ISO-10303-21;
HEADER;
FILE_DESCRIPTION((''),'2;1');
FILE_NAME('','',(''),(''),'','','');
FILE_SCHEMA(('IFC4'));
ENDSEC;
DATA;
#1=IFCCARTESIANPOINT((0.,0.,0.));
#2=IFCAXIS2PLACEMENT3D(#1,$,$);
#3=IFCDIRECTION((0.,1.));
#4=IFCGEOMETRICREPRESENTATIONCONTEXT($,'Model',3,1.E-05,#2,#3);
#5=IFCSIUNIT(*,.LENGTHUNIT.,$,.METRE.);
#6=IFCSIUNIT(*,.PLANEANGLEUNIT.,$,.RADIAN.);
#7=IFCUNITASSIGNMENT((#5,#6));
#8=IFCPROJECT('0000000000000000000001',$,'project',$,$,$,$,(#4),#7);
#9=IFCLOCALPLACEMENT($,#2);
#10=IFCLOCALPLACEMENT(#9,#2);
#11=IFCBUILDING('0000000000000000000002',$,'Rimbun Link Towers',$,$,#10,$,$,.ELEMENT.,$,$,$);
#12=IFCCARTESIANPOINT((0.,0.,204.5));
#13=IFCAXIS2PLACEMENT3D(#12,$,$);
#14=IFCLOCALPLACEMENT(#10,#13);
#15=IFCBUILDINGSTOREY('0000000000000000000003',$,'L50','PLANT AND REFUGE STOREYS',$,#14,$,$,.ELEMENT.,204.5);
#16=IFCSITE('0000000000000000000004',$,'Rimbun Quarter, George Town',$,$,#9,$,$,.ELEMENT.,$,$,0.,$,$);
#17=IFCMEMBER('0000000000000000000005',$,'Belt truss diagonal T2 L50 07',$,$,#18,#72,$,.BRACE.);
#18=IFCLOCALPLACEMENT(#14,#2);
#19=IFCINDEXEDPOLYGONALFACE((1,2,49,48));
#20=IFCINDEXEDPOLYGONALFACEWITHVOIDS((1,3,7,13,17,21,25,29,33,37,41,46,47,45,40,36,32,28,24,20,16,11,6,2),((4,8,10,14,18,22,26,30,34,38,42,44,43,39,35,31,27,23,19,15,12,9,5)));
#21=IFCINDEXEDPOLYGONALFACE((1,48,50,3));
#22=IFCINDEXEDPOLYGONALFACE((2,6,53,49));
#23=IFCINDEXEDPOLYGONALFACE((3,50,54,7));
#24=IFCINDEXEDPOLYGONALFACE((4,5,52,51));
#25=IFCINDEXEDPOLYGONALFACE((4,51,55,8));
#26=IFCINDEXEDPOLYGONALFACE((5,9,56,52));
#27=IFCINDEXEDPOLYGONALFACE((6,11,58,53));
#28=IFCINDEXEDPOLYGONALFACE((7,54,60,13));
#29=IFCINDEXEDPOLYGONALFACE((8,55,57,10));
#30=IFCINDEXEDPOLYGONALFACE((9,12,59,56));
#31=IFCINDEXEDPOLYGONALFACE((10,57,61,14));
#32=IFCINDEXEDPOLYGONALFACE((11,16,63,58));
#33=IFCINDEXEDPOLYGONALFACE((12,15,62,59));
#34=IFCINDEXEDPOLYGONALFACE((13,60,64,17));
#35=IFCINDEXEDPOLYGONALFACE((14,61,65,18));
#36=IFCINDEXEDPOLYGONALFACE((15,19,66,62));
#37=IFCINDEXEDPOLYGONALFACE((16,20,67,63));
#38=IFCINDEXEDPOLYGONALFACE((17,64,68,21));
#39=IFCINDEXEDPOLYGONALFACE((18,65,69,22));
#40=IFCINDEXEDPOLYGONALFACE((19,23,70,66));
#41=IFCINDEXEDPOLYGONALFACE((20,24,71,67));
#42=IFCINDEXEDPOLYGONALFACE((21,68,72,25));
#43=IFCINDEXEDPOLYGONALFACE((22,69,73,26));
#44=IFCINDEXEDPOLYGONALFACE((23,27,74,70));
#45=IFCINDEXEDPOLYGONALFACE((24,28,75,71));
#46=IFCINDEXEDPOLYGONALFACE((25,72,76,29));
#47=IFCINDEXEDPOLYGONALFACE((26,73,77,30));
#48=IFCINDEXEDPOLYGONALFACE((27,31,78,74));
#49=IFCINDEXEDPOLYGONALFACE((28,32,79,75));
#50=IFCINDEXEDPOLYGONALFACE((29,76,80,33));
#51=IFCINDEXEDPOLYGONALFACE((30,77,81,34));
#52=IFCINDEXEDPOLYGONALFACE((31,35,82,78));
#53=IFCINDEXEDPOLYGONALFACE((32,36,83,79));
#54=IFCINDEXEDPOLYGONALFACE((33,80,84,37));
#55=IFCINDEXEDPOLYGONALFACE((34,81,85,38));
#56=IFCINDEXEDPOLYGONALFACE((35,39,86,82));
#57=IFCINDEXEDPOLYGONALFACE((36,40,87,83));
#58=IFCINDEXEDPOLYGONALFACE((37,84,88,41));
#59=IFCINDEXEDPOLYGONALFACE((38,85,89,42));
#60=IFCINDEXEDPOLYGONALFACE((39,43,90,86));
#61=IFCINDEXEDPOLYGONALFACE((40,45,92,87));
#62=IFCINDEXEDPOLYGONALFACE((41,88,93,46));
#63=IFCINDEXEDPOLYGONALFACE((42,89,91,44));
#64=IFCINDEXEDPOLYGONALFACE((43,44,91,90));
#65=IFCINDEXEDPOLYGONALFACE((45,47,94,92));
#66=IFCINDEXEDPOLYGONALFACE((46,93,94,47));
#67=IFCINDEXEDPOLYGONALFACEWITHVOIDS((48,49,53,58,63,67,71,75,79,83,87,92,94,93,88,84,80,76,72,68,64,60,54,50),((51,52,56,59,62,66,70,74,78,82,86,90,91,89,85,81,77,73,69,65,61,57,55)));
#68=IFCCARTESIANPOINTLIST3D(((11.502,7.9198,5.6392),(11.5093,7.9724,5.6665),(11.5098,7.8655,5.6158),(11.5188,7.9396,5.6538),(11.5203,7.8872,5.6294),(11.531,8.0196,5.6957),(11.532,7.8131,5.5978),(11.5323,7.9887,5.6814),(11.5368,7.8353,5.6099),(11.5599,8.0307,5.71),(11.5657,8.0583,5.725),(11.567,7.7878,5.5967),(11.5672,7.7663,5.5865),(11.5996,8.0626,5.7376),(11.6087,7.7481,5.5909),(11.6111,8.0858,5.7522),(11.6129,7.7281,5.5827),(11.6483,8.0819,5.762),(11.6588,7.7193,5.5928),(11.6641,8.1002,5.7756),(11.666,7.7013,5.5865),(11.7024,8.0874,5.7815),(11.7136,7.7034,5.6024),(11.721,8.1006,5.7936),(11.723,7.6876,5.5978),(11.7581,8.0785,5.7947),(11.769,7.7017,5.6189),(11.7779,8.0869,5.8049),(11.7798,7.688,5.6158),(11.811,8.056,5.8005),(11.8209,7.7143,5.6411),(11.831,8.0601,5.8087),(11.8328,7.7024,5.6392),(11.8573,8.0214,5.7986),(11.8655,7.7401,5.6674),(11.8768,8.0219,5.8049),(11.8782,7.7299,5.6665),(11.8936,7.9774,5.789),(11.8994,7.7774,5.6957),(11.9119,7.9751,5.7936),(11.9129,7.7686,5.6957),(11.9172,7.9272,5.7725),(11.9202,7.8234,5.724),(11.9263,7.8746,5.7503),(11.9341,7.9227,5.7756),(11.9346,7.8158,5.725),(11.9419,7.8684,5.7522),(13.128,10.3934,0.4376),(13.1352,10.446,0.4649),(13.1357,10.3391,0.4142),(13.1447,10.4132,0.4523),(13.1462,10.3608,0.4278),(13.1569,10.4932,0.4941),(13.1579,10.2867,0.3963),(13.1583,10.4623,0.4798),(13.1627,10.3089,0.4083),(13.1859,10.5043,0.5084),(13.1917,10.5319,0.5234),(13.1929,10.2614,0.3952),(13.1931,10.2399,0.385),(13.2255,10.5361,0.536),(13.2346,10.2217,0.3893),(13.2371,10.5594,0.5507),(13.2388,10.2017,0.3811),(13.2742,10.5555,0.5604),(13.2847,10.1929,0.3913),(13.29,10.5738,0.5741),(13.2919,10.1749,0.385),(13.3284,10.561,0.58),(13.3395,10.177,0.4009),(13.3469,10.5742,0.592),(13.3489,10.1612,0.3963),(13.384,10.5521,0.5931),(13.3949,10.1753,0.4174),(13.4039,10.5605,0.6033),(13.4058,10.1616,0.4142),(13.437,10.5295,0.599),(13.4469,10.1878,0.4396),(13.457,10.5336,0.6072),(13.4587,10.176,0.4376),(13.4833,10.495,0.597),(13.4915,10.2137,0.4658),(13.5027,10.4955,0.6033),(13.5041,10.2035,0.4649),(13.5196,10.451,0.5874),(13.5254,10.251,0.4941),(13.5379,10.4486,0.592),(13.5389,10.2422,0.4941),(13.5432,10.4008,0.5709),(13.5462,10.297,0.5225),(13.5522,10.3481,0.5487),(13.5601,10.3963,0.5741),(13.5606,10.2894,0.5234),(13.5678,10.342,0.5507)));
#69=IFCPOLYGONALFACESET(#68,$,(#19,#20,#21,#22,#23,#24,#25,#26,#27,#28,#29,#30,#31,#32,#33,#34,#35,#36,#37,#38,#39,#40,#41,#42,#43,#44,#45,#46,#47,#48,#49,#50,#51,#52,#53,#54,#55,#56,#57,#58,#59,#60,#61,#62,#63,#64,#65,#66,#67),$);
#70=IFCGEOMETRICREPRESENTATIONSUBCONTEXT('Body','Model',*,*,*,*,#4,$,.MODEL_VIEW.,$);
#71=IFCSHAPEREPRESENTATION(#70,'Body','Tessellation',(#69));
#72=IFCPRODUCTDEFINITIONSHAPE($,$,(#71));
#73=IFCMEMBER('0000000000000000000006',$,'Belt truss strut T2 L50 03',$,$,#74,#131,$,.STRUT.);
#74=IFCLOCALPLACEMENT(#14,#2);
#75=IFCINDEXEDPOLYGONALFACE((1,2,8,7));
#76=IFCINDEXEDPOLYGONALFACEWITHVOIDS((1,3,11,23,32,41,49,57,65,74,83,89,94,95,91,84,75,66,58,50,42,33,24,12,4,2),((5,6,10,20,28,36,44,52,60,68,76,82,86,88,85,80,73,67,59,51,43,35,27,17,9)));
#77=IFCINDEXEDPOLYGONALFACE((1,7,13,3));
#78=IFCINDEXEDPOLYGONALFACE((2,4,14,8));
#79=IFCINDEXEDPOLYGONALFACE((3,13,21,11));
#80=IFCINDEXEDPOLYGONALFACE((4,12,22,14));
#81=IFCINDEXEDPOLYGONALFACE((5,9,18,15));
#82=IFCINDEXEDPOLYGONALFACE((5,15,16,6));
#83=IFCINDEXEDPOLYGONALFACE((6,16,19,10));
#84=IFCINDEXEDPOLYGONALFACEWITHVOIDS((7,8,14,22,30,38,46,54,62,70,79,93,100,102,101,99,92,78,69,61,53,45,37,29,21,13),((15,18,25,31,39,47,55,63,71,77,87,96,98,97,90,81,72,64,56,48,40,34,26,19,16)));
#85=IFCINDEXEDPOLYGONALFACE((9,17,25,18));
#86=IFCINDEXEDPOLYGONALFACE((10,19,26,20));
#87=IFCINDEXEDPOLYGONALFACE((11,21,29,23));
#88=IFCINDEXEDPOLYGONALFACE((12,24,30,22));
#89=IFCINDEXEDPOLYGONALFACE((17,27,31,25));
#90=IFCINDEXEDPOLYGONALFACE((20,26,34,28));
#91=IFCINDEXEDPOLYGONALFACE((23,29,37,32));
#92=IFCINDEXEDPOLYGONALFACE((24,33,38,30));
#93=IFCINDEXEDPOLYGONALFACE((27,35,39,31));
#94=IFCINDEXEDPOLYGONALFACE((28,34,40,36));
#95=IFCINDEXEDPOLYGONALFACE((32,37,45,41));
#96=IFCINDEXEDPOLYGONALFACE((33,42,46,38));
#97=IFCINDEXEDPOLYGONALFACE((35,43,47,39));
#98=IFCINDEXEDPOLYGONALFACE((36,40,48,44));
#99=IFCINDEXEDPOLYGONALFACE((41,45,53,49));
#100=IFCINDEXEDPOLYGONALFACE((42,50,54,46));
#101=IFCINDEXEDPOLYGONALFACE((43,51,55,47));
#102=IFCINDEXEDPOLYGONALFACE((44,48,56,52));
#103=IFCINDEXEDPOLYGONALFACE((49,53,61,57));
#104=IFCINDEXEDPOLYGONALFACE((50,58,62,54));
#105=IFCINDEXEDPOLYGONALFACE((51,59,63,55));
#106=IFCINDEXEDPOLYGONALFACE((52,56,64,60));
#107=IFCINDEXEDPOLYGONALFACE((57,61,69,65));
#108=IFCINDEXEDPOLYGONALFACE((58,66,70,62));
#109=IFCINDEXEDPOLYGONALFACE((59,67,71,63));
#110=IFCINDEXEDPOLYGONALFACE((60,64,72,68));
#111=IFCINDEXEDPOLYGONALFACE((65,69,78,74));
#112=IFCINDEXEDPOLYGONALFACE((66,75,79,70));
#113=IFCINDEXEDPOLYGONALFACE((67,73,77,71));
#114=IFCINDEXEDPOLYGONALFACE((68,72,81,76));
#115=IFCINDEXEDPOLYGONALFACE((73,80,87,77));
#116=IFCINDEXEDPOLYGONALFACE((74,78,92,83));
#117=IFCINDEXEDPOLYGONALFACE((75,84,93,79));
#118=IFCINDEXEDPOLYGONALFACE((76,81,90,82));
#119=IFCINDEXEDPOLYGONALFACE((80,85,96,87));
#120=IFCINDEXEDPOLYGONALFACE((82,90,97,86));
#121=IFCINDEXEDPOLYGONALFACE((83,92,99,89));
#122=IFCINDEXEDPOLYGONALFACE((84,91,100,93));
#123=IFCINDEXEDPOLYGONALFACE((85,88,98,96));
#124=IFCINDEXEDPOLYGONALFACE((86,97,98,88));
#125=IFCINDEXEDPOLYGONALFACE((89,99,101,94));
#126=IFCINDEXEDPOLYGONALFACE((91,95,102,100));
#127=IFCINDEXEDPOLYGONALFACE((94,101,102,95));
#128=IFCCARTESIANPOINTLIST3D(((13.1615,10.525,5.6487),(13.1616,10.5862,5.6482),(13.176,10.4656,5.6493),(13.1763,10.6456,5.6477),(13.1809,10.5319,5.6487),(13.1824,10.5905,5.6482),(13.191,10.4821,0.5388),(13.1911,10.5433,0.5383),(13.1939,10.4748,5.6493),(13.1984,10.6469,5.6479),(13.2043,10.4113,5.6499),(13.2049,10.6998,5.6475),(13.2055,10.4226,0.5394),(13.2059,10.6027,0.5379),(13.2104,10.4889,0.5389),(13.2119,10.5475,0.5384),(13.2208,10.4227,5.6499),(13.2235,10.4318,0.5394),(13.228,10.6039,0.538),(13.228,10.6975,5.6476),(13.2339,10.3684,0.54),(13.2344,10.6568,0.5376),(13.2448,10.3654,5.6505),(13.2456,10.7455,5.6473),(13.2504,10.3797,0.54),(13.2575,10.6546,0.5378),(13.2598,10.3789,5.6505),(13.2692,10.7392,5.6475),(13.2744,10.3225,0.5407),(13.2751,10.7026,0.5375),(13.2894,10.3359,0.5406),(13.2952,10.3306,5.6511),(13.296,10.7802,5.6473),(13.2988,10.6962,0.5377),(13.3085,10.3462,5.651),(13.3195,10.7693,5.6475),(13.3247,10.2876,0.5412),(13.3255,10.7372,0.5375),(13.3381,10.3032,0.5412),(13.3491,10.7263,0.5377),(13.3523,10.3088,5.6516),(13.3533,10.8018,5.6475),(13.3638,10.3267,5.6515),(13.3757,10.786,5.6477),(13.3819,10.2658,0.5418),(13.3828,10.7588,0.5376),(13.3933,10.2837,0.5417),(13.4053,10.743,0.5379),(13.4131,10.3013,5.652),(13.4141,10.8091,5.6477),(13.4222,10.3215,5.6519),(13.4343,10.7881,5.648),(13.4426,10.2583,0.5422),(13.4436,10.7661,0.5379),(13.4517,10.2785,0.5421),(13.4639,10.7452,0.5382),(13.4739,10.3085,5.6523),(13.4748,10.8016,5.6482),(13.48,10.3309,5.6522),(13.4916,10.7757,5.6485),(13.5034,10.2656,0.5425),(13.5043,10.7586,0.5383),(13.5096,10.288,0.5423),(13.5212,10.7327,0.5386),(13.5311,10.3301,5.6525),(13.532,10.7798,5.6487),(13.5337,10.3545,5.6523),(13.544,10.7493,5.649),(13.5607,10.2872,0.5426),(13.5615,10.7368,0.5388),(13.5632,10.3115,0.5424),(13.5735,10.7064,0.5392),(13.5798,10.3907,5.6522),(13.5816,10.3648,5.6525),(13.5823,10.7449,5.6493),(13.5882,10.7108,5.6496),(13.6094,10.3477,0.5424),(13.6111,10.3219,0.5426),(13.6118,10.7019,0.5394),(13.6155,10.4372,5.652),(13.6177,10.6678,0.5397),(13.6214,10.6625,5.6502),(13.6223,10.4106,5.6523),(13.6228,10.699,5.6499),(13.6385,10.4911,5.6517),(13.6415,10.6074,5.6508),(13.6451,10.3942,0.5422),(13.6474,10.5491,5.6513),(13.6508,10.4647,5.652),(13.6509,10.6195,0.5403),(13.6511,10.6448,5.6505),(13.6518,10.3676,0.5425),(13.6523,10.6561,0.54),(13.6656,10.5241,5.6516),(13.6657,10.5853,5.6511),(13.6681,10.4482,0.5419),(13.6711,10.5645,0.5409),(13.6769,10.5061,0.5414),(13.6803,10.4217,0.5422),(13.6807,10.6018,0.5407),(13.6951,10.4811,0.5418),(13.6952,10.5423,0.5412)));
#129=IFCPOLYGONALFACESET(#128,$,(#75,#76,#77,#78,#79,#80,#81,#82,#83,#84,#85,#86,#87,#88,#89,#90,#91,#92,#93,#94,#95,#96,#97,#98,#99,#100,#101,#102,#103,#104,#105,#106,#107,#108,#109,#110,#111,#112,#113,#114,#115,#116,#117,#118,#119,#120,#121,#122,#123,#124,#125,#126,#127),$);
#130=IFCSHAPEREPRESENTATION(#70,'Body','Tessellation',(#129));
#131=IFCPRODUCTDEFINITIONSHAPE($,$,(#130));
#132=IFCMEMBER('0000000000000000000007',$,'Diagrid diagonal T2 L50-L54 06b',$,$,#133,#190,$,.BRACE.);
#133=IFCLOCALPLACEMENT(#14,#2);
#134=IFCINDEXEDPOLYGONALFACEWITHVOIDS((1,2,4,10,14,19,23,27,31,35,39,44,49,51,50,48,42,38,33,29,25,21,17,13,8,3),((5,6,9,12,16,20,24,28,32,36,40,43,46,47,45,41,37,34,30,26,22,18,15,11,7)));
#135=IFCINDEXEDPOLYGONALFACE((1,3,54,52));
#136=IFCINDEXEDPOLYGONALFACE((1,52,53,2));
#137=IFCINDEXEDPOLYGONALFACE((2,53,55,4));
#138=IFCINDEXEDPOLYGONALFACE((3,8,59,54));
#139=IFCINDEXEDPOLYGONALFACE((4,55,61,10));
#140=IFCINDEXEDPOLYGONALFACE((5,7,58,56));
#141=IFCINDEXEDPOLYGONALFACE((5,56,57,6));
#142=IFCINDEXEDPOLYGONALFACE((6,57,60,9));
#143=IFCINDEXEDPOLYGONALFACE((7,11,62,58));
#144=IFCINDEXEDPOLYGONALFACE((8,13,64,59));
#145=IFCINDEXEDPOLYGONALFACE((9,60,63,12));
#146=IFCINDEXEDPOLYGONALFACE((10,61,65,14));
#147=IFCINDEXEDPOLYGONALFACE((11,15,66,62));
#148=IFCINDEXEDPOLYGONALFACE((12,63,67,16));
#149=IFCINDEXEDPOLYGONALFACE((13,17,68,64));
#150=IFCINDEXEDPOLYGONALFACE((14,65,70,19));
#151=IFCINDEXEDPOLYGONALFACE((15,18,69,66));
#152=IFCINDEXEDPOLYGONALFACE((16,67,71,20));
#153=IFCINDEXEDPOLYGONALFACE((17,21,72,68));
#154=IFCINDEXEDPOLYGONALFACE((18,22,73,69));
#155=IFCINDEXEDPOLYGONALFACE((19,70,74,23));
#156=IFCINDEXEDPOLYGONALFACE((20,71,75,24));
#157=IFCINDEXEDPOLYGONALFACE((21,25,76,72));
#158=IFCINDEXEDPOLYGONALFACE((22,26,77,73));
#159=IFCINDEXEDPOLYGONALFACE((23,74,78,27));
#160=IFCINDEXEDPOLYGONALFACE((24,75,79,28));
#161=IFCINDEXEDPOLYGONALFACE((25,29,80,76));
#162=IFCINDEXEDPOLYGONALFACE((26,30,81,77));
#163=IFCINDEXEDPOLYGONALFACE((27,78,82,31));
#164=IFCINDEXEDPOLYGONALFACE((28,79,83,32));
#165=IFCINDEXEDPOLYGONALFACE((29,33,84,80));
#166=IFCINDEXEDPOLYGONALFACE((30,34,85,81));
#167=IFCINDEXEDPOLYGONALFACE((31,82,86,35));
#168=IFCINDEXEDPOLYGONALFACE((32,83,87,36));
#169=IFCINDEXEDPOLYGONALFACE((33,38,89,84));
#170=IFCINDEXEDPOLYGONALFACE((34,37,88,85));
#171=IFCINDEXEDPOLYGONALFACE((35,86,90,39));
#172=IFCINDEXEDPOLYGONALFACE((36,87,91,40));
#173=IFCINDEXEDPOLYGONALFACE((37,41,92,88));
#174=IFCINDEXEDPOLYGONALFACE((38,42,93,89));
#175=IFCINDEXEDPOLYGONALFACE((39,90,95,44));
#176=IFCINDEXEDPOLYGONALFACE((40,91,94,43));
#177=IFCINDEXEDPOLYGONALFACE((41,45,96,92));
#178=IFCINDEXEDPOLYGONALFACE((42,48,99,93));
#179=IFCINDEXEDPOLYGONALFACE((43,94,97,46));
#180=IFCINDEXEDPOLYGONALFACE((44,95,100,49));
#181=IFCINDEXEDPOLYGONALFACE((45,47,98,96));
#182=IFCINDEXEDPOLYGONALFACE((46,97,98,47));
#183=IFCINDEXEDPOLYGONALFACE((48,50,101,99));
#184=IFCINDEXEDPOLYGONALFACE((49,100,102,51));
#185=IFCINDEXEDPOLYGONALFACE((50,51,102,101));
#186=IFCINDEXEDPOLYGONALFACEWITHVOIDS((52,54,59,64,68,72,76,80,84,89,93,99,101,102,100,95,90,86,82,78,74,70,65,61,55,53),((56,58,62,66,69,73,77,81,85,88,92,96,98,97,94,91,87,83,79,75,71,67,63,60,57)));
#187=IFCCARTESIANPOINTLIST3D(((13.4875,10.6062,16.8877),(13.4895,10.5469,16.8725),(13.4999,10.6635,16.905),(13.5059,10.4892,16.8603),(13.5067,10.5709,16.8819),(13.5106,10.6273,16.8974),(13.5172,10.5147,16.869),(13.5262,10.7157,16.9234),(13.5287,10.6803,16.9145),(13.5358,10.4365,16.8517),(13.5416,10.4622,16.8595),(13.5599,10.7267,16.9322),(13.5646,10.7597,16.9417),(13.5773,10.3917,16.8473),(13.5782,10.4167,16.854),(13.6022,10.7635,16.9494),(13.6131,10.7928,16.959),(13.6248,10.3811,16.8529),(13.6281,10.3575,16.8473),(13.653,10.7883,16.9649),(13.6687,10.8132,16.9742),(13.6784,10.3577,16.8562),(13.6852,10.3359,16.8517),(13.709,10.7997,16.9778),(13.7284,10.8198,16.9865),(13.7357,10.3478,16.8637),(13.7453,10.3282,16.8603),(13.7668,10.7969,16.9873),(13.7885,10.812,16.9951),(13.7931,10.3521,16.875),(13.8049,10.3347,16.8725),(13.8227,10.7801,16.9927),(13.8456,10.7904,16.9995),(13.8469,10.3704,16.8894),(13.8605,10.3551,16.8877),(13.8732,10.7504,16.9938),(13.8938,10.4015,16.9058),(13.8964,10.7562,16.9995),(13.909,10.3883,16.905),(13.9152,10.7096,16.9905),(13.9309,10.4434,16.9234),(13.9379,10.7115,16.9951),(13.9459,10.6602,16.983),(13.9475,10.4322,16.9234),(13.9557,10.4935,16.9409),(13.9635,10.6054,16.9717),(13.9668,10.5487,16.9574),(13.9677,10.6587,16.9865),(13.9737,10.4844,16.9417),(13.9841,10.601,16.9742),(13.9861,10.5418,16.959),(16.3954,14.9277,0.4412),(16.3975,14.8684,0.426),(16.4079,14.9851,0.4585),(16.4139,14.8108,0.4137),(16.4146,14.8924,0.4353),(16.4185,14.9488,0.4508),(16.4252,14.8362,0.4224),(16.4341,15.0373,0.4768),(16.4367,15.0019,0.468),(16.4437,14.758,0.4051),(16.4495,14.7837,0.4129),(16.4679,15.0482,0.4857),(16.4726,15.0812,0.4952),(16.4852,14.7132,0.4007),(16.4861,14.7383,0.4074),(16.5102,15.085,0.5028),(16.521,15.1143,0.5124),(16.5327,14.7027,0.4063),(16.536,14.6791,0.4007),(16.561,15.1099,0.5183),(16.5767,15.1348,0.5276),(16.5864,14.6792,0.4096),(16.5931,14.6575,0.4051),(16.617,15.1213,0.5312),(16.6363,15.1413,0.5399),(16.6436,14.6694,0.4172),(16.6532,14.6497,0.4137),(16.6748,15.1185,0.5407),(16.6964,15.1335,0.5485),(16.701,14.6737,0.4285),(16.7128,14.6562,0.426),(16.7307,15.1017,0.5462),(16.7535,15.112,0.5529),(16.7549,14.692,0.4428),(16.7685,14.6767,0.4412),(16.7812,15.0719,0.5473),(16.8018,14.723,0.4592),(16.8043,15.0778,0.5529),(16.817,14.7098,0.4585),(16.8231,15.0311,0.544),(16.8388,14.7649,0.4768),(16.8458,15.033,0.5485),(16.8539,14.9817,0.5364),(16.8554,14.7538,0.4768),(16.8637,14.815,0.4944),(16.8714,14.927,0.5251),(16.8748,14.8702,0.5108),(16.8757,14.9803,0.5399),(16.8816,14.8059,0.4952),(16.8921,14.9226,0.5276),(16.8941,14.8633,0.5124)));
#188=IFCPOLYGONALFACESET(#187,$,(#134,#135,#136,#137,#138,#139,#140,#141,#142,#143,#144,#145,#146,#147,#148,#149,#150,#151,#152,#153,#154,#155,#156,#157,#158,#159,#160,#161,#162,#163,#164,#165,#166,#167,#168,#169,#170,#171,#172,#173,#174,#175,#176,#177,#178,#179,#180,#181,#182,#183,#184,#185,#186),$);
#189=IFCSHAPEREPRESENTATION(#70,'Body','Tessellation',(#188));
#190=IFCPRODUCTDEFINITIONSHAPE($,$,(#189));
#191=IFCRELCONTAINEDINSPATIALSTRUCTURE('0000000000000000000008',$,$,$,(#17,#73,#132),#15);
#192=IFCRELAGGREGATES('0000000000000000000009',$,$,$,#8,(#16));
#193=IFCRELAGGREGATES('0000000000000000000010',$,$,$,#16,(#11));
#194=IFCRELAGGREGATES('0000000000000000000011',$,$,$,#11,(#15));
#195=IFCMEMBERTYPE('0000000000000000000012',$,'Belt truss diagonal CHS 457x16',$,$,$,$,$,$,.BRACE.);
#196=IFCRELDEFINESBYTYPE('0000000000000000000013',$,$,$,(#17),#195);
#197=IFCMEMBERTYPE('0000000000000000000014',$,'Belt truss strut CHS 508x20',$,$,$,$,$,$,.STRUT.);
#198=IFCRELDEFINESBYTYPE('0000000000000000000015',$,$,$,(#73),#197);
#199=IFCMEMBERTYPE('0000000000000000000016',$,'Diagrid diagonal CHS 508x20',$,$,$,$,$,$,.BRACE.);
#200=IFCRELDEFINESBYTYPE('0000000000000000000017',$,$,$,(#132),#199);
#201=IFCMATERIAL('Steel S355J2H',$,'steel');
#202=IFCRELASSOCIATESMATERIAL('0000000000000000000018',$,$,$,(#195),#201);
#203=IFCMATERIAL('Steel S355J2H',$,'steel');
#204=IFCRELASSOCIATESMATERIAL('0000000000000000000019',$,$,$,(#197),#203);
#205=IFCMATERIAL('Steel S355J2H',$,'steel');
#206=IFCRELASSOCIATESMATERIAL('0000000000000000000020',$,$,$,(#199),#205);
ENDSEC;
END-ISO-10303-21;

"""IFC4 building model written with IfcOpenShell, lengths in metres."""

from ifc_helpers import new_model, si_unit, direction, frame, origin, origin_2d, place, context, subcontext, project, spatial, hollow_circle, extrude, material, material_profile, profile_set, type_object, element, save


model = new_model("IFC4")

# Units and contexts
model_context = context("Model", 3, precision=1e-05, world=origin(), true_north=direction((0.0, 1.0)))
body_context = subcontext(model_context, "Body", "Model", "MODEL_VIEW")
ifc_project = project(units=[si_unit("LENGTHUNIT", "METRE"), si_unit("PLANEANGLEUNIT", "RADIAN")], contexts=[model_context])

# Site, building, storey
site_placement = place(None, origin())
site = spatial("IfcSite", under=ifc_project, at=site_placement, Name="Rimbun Quarter, George Town", CompositionType="ELEMENT", RefElevation=0.0)
building_placement = place(site_placement, origin())
building = spatial("IfcBuilding", under=site, at=building_placement, Name="Rimbun Link Towers", CompositionType="ELEMENT")
storey_placement = place(building_placement, frame((0.0, 0.0, 204.5)))
storey = spatial("IfcBuildingStorey", under=building, at=storey_placement, Name="L50", Description="PLANT AND REFUGE STOREYS", CompositionType="ELEMENT", Elevation=204.5)

# Members
ifc_material_1 = material(Name="Steel S355J2H", Category="steel")
ifc_material_profile_1 = material_profile(ifc_material_1, hollow_circle(Radius=0.2285, WallThickness=0.0161, at=origin_2d()), Name="Belt truss diagonal CHS 457x16")
ifc_profile_set_1 = profile_set([ifc_material_profile_1], Name="Steel S355J2H")
member_type_1 = type_object("IfcMemberType", Name="Belt truss diagonal CHS 457x16", PredefinedType="BRACE", material=ifc_profile_set_1)
member_1_placement = place(storey_placement, frame((13.3479, 10.3677, 0.4941), z_axis=(-0.271676, -0.413307, 0.86912), x_axis=(0.835636, -0.549283, 0.0)))
element("IfcMember", 1, at=member_1_placement, inside=storey, type_object=member_type_1, Name="Belt truss diagonal T2 L50 07", PredefinedType="BRACE", context=body_context, shape_type="SweptSolid", body=[
    extrude(hollow_circle(Radius=0.2285, WallThickness=0.0161, at=origin_2d()), origin(), (0.0, 0.0, 1.0), 5.9849),
])
ifc_material_2 = material(Name="Steel S355J2H", Category="steel")
ifc_material_profile_2 = material_profile(ifc_material_2, hollow_circle(Radius=0.2539, WallThickness=0.02, at=origin_2d()), Name="Belt truss strut CHS 508x20")
ifc_profile_set_2 = profile_set([ifc_material_profile_2], Name="Steel S355J2H")
member_type_2 = type_object("IfcMemberType", Name="Belt truss strut CHS 508x20", PredefinedType="STRUT", material=ifc_profile_set_2)
member_2_placement = place(storey_placement, frame((13.4431, 10.5122, 0.54), z_axis=(-0.005781, 0.008409, 0.999948), x_axis=(-0.824042, -0.566529, 0.0)))
element("IfcMember", 2, at=member_2_placement, inside=storey, type_object=member_type_2, Name="Belt truss strut T2 L50 03", PredefinedType="STRUT", context=body_context, shape_type="SweptSolid", body=[
    extrude(hollow_circle(Radius=0.2539, WallThickness=0.02, at=origin_2d()), origin(), (0.0, 0.0, 1.0), 5.1101),
])
ifc_material_3 = material(Name="Steel S355J2H", Category="steel")
ifc_material_profile_3 = material_profile(ifc_material_3, hollow_circle(Radius=0.2539, WallThickness=0.02, at=origin_2d()), Name="Diagrid diagonal CHS 508x20")
ifc_profile_set_3 = profile_set([ifc_material_profile_3], Name="Steel S355J2H")
member_type_3 = type_object("IfcMemberType", Name="Diagrid diagonal CHS 508x20", PredefinedType="BRACE", material=ifc_profile_set_3)
member_3_placement = place(storey_placement, frame((16.6448, 14.8955, 0.4768), z_axis=(-0.168561, -0.250499, 0.95333), x_axis=(0.829656, -0.558275, 0.0)))
element("IfcMember", 3, at=member_3_placement, inside=storey, type_object=member_type_3, Name="Diagrid diagonal T2 L50-L54 06b", PredefinedType="BRACE", context=body_context, shape_type="SweptSolid", body=[
    extrude(hollow_circle(Radius=0.2539, WallThickness=0.02, at=origin_2d()), origin(), (0.0, 0.0, 1.0), 17.2517),
])

save(model, "model.ifc")
